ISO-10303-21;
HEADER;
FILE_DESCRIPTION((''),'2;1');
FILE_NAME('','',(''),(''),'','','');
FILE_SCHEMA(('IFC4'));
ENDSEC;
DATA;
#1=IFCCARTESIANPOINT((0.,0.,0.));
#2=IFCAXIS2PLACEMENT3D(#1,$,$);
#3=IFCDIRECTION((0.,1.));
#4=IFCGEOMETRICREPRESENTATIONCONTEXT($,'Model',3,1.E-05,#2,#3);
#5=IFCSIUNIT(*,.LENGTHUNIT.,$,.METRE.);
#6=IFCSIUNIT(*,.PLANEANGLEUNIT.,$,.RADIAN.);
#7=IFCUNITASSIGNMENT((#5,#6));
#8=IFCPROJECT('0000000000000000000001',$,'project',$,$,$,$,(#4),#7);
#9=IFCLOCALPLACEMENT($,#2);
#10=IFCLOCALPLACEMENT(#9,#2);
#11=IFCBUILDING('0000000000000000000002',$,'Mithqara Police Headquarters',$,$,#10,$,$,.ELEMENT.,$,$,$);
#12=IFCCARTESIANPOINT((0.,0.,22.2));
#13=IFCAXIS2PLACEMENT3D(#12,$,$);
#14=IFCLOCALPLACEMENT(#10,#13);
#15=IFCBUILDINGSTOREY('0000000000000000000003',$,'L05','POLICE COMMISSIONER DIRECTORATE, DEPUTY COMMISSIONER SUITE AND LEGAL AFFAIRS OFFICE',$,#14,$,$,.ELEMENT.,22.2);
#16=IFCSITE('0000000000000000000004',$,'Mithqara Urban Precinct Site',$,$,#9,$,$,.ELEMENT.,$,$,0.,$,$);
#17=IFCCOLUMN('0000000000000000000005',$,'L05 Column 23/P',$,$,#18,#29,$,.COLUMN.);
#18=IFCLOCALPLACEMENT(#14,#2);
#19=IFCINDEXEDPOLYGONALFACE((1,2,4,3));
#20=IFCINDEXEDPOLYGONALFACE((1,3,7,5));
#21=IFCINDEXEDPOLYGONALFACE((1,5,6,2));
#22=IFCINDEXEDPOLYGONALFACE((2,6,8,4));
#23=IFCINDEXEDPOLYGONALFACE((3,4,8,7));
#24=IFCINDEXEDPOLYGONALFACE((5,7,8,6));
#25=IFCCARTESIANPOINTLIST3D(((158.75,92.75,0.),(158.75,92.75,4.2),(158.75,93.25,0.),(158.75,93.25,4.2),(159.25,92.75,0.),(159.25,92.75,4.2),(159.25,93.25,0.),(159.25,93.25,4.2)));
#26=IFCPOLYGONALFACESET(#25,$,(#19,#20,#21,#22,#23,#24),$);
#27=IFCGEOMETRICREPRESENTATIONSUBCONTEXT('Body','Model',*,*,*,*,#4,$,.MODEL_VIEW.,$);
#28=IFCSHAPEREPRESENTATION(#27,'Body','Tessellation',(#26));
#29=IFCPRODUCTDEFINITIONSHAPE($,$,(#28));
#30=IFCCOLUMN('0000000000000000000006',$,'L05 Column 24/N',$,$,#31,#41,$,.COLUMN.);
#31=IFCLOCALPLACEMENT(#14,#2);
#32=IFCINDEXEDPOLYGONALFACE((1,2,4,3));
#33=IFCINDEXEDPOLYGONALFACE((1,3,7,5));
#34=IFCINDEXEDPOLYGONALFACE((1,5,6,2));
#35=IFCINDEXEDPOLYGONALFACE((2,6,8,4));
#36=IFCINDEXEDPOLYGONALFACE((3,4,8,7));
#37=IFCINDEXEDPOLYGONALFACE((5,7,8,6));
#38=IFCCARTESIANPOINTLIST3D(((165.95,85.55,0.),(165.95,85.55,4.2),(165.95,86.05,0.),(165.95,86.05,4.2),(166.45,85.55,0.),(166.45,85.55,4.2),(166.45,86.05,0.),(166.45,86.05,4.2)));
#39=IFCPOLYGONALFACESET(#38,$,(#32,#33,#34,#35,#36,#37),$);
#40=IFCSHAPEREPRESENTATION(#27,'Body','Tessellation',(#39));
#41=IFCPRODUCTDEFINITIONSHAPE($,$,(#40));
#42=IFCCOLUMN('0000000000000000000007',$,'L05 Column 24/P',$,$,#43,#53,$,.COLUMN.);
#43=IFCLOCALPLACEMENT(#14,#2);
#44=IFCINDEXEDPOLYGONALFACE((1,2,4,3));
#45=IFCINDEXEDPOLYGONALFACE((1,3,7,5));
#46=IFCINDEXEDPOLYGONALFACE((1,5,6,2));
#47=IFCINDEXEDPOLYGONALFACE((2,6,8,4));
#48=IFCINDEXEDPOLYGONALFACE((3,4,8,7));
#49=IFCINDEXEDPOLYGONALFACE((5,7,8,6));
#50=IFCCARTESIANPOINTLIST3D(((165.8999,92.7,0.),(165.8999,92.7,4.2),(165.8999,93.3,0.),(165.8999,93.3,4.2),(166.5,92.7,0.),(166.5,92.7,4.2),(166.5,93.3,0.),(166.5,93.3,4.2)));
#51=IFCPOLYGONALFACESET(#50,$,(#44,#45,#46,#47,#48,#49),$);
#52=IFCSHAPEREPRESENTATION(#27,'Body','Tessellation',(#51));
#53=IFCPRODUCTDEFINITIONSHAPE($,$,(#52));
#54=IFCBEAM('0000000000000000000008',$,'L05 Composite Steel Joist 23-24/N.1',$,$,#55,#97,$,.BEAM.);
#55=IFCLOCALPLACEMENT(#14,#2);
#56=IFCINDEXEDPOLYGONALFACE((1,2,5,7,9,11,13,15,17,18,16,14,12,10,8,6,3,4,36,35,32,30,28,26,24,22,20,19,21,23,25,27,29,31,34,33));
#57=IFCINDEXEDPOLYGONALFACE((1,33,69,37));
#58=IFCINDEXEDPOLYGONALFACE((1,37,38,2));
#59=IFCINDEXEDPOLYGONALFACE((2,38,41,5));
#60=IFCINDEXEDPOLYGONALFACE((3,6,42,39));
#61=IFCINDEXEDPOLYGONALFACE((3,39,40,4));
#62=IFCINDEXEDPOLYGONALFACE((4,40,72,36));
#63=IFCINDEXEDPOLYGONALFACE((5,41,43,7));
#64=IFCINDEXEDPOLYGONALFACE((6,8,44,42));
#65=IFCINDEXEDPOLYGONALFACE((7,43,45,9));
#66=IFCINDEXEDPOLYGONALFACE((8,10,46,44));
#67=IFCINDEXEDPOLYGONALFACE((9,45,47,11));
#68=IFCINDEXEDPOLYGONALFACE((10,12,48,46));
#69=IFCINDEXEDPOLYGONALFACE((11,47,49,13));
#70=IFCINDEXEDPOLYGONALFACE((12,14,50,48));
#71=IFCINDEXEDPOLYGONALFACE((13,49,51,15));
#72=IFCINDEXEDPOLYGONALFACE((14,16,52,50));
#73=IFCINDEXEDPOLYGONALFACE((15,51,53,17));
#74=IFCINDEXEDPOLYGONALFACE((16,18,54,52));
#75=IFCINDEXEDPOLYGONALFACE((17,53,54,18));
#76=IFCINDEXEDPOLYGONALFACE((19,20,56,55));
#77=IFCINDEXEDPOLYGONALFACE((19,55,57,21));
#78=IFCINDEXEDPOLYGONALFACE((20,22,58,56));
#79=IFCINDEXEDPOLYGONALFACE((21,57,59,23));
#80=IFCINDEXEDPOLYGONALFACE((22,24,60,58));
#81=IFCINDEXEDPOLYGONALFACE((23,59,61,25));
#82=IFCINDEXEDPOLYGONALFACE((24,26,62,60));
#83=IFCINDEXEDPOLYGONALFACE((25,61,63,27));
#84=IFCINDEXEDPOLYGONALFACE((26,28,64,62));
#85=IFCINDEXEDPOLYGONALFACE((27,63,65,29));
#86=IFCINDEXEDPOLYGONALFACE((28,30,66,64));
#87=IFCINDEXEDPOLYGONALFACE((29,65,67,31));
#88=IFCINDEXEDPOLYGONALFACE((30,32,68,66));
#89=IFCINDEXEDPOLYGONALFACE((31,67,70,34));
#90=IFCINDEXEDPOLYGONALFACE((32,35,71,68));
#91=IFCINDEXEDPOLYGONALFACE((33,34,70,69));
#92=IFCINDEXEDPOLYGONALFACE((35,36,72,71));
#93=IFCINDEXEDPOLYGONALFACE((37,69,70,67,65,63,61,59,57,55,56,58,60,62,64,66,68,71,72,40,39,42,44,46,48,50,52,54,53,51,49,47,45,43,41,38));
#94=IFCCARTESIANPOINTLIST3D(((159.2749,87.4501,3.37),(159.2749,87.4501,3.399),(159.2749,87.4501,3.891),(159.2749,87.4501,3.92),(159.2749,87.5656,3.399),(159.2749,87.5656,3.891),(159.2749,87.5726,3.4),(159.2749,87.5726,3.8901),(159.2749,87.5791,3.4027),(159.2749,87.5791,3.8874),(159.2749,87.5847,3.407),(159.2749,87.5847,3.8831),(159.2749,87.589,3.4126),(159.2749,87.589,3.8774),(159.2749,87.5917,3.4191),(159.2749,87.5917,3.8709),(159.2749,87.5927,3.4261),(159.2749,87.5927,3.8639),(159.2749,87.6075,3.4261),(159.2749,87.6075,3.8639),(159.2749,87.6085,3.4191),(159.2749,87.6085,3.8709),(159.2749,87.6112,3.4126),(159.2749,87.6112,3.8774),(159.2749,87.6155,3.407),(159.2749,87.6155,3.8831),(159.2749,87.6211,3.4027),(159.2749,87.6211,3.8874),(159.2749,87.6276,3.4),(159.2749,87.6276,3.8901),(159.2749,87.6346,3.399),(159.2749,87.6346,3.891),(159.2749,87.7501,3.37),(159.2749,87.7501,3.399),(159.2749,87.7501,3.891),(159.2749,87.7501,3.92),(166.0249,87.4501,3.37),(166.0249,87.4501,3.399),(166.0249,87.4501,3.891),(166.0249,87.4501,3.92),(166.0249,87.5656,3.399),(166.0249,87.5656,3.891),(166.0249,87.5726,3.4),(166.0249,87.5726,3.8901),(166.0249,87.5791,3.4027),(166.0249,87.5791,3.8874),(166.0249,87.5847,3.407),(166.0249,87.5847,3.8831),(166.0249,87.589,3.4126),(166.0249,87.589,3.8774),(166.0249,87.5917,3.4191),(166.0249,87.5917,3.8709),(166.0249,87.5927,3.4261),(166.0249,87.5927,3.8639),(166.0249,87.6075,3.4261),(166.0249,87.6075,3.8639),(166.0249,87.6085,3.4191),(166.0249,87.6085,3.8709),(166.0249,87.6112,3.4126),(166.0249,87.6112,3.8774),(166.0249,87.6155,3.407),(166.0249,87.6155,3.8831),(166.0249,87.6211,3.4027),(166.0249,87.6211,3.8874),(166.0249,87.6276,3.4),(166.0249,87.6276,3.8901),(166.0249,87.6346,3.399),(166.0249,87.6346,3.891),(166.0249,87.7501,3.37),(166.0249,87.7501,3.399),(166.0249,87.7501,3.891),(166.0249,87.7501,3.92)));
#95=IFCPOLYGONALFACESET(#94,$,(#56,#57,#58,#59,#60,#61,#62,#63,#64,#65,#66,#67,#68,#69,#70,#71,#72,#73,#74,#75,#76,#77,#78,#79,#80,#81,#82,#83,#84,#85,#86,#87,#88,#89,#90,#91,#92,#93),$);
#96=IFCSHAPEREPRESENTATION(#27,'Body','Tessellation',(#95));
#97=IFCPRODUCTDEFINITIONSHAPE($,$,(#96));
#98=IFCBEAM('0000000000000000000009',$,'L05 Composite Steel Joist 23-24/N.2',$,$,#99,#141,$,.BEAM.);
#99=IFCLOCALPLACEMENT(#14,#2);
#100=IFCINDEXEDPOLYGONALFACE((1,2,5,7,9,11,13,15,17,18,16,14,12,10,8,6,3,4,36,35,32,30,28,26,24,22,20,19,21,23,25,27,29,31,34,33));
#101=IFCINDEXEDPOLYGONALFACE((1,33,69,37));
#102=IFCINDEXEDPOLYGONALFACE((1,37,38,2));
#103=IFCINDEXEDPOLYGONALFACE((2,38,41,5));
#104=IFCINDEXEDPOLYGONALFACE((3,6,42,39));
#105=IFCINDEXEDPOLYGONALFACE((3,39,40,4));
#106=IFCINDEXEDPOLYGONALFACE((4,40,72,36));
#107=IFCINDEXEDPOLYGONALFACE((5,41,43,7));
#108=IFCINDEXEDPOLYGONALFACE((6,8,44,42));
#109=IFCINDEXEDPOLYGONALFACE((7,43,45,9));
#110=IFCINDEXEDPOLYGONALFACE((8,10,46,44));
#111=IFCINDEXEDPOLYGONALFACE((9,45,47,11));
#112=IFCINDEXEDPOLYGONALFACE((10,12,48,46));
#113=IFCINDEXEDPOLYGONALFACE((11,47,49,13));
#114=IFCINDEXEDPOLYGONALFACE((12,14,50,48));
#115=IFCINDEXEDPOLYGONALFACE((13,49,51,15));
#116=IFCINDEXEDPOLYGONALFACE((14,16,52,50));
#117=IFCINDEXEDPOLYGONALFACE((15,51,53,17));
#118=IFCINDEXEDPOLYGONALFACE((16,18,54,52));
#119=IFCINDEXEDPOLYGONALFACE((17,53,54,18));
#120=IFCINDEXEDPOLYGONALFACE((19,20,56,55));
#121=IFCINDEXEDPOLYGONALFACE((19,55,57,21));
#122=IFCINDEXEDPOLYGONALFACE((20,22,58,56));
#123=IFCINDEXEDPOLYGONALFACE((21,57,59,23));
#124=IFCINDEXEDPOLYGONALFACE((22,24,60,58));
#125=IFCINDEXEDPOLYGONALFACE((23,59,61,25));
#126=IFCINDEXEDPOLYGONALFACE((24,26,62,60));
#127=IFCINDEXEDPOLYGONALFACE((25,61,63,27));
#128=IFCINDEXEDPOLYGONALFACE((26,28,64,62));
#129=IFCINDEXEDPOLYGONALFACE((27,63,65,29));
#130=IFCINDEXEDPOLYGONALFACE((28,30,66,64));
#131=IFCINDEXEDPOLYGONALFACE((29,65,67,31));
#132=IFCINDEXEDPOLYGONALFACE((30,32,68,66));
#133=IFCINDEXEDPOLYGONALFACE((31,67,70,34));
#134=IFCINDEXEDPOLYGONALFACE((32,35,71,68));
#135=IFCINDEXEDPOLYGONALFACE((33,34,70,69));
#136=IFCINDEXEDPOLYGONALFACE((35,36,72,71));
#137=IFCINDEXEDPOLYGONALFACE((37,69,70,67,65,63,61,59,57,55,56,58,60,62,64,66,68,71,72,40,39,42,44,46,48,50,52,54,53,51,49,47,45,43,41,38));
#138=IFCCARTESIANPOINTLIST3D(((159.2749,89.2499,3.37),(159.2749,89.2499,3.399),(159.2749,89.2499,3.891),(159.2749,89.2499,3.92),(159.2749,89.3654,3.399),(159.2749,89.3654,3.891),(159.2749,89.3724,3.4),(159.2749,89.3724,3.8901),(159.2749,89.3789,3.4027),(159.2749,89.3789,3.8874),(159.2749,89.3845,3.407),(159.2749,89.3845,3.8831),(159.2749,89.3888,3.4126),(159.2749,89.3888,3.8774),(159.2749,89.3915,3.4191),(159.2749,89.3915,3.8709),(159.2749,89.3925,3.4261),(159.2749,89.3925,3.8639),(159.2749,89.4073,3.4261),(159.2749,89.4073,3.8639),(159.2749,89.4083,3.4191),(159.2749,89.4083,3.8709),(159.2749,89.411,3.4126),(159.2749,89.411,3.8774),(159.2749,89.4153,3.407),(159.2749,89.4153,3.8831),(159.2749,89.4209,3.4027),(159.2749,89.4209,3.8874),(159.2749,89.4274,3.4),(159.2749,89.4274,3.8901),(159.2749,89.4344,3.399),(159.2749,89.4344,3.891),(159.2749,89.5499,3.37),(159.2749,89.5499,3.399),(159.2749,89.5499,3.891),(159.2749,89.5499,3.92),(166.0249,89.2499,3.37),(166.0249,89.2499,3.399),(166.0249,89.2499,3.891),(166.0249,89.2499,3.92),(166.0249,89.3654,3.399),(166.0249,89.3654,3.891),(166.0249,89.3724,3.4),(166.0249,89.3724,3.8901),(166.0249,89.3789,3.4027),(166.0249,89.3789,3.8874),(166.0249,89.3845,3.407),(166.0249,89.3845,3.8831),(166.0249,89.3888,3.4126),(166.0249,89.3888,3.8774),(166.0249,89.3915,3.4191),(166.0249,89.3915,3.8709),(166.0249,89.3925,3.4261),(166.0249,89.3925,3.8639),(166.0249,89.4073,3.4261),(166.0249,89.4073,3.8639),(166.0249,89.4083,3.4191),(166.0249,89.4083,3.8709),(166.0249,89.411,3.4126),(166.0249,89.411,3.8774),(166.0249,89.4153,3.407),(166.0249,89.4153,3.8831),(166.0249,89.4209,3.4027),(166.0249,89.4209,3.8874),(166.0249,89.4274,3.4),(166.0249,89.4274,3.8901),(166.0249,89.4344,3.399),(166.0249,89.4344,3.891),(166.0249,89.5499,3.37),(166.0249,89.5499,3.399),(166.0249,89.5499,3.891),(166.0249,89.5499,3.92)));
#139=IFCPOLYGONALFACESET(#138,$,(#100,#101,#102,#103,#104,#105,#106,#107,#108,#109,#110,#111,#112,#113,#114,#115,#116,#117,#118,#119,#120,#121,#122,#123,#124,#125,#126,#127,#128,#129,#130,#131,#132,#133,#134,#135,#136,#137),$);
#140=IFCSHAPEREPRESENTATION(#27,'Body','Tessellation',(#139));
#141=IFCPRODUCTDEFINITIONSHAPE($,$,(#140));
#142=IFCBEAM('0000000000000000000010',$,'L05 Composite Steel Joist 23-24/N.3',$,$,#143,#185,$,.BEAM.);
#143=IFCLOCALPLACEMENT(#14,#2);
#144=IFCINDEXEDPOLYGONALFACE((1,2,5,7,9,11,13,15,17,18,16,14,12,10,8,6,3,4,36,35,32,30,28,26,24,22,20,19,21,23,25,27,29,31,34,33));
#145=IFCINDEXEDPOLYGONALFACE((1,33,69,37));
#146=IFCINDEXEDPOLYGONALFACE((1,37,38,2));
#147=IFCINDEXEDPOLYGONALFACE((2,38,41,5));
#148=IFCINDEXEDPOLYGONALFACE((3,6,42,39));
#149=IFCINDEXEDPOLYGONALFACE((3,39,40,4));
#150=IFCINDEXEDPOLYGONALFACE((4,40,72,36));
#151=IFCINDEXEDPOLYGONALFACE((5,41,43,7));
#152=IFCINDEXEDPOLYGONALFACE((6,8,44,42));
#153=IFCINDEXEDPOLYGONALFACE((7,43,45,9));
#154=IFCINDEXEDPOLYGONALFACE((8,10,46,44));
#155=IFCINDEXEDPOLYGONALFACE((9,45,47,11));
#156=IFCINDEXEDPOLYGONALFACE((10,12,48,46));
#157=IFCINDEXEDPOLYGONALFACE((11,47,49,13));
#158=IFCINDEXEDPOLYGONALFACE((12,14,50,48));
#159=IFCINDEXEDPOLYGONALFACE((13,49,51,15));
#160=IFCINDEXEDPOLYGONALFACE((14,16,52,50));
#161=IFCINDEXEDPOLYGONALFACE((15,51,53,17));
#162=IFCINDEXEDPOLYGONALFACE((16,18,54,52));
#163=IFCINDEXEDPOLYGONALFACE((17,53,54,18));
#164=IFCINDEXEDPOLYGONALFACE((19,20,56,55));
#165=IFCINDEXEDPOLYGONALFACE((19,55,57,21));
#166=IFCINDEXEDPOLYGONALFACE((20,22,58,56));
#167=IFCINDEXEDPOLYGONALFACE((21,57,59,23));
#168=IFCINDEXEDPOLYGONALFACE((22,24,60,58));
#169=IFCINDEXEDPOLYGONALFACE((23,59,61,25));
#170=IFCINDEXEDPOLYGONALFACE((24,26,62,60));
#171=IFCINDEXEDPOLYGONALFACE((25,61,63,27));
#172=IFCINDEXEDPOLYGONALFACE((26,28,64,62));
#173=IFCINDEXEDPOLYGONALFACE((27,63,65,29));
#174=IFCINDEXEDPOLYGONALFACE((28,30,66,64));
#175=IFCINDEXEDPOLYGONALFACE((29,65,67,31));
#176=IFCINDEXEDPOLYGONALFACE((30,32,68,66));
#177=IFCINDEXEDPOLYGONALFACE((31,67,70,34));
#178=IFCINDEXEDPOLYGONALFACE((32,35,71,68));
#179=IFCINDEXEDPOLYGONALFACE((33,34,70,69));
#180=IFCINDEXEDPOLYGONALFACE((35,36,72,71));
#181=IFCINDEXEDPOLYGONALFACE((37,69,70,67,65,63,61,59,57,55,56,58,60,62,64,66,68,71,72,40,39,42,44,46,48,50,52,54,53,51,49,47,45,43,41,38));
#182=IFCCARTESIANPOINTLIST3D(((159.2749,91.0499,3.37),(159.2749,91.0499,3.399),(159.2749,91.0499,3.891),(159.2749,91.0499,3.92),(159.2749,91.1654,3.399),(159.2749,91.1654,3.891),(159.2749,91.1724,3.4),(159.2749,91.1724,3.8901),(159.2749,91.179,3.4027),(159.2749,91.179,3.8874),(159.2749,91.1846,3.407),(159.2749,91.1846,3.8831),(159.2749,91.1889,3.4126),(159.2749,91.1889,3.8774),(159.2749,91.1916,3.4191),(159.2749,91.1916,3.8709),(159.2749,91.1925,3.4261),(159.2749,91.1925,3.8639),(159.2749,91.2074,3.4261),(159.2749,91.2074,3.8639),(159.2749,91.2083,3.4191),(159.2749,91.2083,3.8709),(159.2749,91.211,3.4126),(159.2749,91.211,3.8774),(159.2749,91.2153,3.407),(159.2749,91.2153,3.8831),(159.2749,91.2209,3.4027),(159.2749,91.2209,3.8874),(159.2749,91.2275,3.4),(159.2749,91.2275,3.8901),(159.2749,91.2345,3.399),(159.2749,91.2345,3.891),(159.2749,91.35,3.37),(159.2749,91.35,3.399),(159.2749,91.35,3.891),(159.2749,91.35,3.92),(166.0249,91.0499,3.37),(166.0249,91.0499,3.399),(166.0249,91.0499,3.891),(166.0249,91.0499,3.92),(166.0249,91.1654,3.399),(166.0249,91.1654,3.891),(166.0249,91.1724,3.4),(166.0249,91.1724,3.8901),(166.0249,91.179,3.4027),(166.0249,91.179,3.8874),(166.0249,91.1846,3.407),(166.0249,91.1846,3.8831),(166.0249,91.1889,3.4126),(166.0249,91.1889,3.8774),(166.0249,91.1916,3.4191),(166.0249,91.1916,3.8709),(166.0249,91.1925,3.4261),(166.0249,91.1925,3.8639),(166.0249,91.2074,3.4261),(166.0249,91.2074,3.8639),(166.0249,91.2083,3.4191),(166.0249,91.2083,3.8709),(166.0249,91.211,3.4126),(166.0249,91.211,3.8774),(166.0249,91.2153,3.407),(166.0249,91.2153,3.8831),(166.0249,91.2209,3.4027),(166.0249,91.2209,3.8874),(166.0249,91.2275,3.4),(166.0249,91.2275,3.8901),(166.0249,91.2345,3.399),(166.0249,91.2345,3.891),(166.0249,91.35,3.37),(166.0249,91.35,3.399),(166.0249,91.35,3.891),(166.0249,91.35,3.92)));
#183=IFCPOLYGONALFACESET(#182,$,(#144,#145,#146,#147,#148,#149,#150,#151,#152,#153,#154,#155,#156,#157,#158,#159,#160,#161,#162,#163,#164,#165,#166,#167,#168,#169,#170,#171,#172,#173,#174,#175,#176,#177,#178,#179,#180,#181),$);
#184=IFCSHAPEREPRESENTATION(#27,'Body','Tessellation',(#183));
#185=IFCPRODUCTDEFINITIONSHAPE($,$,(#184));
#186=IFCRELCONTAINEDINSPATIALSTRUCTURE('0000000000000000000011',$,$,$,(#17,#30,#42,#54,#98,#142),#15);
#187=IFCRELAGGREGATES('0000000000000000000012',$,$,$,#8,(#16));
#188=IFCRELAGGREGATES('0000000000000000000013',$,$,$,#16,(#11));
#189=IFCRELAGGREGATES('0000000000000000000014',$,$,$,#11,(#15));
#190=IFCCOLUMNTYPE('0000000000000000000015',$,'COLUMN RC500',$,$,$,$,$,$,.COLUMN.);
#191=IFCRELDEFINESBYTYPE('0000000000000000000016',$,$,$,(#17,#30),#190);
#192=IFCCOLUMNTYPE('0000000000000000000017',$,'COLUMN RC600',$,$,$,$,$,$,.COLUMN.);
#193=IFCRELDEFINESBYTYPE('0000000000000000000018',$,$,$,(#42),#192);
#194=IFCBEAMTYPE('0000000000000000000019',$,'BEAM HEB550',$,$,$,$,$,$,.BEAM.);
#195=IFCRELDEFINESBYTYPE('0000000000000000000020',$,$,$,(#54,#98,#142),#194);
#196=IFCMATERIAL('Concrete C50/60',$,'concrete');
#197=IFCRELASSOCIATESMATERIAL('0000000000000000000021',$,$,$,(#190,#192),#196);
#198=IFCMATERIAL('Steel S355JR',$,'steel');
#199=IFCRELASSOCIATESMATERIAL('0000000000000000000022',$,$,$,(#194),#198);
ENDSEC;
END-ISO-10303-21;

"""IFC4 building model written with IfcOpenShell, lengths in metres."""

from ifc_helpers import new_model, si_unit, direction, frame, origin, origin_2d, place, context, subcontext, project, spatial, rectangle, i_section, extrude, material, material_profile, profile_set, type_object, element, save


model = new_model("IFC4")

# Units and contexts
model_context = context("Model", 3, precision=1e-05, world=origin(), true_north=direction((0.0, 1.0)))
body_context = subcontext(model_context, "Body", "Model", "MODEL_VIEW")
ifc_project = project(units=[si_unit("LENGTHUNIT", "METRE"), si_unit("PLANEANGLEUNIT", "RADIAN")], contexts=[model_context])

# Site, building, storey
site_placement = place(None, origin())
site = spatial("IfcSite", under=ifc_project, at=site_placement, Name="Mithqara Urban Precinct Site", CompositionType="ELEMENT", RefElevation=0.0)
building_placement = place(site_placement, origin())
building = spatial("IfcBuilding", under=site, at=building_placement, Name="Mithqara Police Headquarters", CompositionType="ELEMENT")
storey_placement = place(building_placement, frame((0.0, 0.0, 22.2)))
storey = spatial("IfcBuildingStorey", under=building, at=storey_placement, Name="L05", Description="POLICE COMMISSIONER DIRECTORATE, DEPUTY COMMISSIONER SUITE AND LEGAL AFFAIRS OFFICE", CompositionType="ELEMENT", Elevation=22.2)

# Columns
ifc_material_1 = material(Name="Concrete C50/60", Category="concrete")
ifc_material_profile_1 = material_profile(ifc_material_1, rectangle(XDim=0.5, YDim=0.5, at=origin_2d()), Name="RC 500x500")
ifc_profile_set_1 = profile_set([ifc_material_profile_1], Name="Concrete C50/60")
column_type_1 = type_object("IfcColumnType", Name="COLUMN RC500", PredefinedType="COLUMN", material=ifc_profile_set_1)
for number, where, z_axis, x_axis, name in (
    (1, (159.0, 93.0, 0.0), (0.0, 0.0, 1.0), (1.0, 0.0, 0.0), "L05 Column 23/P"),
    (2, (166.2, 85.8, 0.0), (0.0, 0.0, 1.0), (1.0, 0.0, 0.0), "L05 Column 24/N"),
):
    element("IfcColumn", number, at=place(storey_placement, frame(where, z_axis=z_axis, x_axis=x_axis)), inside=storey, type_object=column_type_1, Name=name, PredefinedType="COLUMN", context=body_context, shape_type="SweptSolid", body=[
        extrude(rectangle(XDim=0.5, YDim=0.5, at=origin_2d()), origin(), (0.0, 0.0, 1.0), 4.2),
    ])
ifc_material_profile_2 = material_profile(ifc_material_1, rectangle(XDim=0.6001, YDim=0.6001, at=origin_2d()), Name="RC 600x600")
ifc_profile_set_2 = profile_set([ifc_material_profile_2], Name="Concrete C50/60")
column_type_2 = type_object("IfcColumnType", Name="COLUMN RC600", PredefinedType="COLUMN", material=ifc_profile_set_2)
column_placement = place(storey_placement, frame((166.2, 93.0, 0.0), z_axis=(0.0, 0.0, 1.0), x_axis=(1.0, 0.0, 0.0)))
element("IfcColumn", 3, at=column_placement, inside=storey, type_object=column_type_2, Name="L05 Column 24/P", PredefinedType="COLUMN", context=body_context, shape_type="SweptSolid", body=[
    extrude(rectangle(XDim=0.6001, YDim=0.6001, at=origin_2d()), origin(), (0.0, 0.0, 1.0), 4.2),
])

# Beams
ifc_material_2 = material(Name="Steel S355JR", Category="steel")
ifc_material_profile_3 = material_profile(ifc_material_2, i_section(OverallWidth=0.3, OverallDepth=0.55, WebThickness=0.0149, FlangeThickness=0.0291, FilletRadius=0.0271, at=origin_2d()), Name="HEB 550")
ifc_profile_set_3 = profile_set([ifc_material_profile_3], Name="Steel S355JR")
beam_type_1 = type_object("IfcBeamType", Name="BEAM HEB550", PredefinedType="BEAM", material=ifc_profile_set_3)
for number, where, z_axis, x_axis, name in (
    (4, (159.2749, 87.6001, 3.645), (1.0, 0.0, 0.0), (0.0, 1.0, 0.0), "L05 Composite Steel Joist 23-24/N.1"),
    (5, (159.2749, 89.3999, 3.645), (1.0, 0.0, 0.0), (0.0, 1.0, 0.0), "L05 Composite Steel Joist 23-24/N.2"),
    (6, (159.2749, 91.2, 3.645), (1.0, 0.0, 0.0), (0.0, 1.0, 0.0), "L05 Composite Steel Joist 23-24/N.3"),
):
    element("IfcBeam", number, at=place(storey_placement, frame(where, z_axis=z_axis, x_axis=x_axis)), inside=storey, type_object=beam_type_1, Name=name, PredefinedType="BEAM", context=body_context, shape_type="SweptSolid", body=[
        extrude(i_section(OverallWidth=0.3, OverallDepth=0.55, WebThickness=0.0149, FlangeThickness=0.0291, FilletRadius=0.0271, at=origin_2d()), origin(), (0.0, 0.0, 1.0), 6.75),
    ])

save(model, "model.ifc")
